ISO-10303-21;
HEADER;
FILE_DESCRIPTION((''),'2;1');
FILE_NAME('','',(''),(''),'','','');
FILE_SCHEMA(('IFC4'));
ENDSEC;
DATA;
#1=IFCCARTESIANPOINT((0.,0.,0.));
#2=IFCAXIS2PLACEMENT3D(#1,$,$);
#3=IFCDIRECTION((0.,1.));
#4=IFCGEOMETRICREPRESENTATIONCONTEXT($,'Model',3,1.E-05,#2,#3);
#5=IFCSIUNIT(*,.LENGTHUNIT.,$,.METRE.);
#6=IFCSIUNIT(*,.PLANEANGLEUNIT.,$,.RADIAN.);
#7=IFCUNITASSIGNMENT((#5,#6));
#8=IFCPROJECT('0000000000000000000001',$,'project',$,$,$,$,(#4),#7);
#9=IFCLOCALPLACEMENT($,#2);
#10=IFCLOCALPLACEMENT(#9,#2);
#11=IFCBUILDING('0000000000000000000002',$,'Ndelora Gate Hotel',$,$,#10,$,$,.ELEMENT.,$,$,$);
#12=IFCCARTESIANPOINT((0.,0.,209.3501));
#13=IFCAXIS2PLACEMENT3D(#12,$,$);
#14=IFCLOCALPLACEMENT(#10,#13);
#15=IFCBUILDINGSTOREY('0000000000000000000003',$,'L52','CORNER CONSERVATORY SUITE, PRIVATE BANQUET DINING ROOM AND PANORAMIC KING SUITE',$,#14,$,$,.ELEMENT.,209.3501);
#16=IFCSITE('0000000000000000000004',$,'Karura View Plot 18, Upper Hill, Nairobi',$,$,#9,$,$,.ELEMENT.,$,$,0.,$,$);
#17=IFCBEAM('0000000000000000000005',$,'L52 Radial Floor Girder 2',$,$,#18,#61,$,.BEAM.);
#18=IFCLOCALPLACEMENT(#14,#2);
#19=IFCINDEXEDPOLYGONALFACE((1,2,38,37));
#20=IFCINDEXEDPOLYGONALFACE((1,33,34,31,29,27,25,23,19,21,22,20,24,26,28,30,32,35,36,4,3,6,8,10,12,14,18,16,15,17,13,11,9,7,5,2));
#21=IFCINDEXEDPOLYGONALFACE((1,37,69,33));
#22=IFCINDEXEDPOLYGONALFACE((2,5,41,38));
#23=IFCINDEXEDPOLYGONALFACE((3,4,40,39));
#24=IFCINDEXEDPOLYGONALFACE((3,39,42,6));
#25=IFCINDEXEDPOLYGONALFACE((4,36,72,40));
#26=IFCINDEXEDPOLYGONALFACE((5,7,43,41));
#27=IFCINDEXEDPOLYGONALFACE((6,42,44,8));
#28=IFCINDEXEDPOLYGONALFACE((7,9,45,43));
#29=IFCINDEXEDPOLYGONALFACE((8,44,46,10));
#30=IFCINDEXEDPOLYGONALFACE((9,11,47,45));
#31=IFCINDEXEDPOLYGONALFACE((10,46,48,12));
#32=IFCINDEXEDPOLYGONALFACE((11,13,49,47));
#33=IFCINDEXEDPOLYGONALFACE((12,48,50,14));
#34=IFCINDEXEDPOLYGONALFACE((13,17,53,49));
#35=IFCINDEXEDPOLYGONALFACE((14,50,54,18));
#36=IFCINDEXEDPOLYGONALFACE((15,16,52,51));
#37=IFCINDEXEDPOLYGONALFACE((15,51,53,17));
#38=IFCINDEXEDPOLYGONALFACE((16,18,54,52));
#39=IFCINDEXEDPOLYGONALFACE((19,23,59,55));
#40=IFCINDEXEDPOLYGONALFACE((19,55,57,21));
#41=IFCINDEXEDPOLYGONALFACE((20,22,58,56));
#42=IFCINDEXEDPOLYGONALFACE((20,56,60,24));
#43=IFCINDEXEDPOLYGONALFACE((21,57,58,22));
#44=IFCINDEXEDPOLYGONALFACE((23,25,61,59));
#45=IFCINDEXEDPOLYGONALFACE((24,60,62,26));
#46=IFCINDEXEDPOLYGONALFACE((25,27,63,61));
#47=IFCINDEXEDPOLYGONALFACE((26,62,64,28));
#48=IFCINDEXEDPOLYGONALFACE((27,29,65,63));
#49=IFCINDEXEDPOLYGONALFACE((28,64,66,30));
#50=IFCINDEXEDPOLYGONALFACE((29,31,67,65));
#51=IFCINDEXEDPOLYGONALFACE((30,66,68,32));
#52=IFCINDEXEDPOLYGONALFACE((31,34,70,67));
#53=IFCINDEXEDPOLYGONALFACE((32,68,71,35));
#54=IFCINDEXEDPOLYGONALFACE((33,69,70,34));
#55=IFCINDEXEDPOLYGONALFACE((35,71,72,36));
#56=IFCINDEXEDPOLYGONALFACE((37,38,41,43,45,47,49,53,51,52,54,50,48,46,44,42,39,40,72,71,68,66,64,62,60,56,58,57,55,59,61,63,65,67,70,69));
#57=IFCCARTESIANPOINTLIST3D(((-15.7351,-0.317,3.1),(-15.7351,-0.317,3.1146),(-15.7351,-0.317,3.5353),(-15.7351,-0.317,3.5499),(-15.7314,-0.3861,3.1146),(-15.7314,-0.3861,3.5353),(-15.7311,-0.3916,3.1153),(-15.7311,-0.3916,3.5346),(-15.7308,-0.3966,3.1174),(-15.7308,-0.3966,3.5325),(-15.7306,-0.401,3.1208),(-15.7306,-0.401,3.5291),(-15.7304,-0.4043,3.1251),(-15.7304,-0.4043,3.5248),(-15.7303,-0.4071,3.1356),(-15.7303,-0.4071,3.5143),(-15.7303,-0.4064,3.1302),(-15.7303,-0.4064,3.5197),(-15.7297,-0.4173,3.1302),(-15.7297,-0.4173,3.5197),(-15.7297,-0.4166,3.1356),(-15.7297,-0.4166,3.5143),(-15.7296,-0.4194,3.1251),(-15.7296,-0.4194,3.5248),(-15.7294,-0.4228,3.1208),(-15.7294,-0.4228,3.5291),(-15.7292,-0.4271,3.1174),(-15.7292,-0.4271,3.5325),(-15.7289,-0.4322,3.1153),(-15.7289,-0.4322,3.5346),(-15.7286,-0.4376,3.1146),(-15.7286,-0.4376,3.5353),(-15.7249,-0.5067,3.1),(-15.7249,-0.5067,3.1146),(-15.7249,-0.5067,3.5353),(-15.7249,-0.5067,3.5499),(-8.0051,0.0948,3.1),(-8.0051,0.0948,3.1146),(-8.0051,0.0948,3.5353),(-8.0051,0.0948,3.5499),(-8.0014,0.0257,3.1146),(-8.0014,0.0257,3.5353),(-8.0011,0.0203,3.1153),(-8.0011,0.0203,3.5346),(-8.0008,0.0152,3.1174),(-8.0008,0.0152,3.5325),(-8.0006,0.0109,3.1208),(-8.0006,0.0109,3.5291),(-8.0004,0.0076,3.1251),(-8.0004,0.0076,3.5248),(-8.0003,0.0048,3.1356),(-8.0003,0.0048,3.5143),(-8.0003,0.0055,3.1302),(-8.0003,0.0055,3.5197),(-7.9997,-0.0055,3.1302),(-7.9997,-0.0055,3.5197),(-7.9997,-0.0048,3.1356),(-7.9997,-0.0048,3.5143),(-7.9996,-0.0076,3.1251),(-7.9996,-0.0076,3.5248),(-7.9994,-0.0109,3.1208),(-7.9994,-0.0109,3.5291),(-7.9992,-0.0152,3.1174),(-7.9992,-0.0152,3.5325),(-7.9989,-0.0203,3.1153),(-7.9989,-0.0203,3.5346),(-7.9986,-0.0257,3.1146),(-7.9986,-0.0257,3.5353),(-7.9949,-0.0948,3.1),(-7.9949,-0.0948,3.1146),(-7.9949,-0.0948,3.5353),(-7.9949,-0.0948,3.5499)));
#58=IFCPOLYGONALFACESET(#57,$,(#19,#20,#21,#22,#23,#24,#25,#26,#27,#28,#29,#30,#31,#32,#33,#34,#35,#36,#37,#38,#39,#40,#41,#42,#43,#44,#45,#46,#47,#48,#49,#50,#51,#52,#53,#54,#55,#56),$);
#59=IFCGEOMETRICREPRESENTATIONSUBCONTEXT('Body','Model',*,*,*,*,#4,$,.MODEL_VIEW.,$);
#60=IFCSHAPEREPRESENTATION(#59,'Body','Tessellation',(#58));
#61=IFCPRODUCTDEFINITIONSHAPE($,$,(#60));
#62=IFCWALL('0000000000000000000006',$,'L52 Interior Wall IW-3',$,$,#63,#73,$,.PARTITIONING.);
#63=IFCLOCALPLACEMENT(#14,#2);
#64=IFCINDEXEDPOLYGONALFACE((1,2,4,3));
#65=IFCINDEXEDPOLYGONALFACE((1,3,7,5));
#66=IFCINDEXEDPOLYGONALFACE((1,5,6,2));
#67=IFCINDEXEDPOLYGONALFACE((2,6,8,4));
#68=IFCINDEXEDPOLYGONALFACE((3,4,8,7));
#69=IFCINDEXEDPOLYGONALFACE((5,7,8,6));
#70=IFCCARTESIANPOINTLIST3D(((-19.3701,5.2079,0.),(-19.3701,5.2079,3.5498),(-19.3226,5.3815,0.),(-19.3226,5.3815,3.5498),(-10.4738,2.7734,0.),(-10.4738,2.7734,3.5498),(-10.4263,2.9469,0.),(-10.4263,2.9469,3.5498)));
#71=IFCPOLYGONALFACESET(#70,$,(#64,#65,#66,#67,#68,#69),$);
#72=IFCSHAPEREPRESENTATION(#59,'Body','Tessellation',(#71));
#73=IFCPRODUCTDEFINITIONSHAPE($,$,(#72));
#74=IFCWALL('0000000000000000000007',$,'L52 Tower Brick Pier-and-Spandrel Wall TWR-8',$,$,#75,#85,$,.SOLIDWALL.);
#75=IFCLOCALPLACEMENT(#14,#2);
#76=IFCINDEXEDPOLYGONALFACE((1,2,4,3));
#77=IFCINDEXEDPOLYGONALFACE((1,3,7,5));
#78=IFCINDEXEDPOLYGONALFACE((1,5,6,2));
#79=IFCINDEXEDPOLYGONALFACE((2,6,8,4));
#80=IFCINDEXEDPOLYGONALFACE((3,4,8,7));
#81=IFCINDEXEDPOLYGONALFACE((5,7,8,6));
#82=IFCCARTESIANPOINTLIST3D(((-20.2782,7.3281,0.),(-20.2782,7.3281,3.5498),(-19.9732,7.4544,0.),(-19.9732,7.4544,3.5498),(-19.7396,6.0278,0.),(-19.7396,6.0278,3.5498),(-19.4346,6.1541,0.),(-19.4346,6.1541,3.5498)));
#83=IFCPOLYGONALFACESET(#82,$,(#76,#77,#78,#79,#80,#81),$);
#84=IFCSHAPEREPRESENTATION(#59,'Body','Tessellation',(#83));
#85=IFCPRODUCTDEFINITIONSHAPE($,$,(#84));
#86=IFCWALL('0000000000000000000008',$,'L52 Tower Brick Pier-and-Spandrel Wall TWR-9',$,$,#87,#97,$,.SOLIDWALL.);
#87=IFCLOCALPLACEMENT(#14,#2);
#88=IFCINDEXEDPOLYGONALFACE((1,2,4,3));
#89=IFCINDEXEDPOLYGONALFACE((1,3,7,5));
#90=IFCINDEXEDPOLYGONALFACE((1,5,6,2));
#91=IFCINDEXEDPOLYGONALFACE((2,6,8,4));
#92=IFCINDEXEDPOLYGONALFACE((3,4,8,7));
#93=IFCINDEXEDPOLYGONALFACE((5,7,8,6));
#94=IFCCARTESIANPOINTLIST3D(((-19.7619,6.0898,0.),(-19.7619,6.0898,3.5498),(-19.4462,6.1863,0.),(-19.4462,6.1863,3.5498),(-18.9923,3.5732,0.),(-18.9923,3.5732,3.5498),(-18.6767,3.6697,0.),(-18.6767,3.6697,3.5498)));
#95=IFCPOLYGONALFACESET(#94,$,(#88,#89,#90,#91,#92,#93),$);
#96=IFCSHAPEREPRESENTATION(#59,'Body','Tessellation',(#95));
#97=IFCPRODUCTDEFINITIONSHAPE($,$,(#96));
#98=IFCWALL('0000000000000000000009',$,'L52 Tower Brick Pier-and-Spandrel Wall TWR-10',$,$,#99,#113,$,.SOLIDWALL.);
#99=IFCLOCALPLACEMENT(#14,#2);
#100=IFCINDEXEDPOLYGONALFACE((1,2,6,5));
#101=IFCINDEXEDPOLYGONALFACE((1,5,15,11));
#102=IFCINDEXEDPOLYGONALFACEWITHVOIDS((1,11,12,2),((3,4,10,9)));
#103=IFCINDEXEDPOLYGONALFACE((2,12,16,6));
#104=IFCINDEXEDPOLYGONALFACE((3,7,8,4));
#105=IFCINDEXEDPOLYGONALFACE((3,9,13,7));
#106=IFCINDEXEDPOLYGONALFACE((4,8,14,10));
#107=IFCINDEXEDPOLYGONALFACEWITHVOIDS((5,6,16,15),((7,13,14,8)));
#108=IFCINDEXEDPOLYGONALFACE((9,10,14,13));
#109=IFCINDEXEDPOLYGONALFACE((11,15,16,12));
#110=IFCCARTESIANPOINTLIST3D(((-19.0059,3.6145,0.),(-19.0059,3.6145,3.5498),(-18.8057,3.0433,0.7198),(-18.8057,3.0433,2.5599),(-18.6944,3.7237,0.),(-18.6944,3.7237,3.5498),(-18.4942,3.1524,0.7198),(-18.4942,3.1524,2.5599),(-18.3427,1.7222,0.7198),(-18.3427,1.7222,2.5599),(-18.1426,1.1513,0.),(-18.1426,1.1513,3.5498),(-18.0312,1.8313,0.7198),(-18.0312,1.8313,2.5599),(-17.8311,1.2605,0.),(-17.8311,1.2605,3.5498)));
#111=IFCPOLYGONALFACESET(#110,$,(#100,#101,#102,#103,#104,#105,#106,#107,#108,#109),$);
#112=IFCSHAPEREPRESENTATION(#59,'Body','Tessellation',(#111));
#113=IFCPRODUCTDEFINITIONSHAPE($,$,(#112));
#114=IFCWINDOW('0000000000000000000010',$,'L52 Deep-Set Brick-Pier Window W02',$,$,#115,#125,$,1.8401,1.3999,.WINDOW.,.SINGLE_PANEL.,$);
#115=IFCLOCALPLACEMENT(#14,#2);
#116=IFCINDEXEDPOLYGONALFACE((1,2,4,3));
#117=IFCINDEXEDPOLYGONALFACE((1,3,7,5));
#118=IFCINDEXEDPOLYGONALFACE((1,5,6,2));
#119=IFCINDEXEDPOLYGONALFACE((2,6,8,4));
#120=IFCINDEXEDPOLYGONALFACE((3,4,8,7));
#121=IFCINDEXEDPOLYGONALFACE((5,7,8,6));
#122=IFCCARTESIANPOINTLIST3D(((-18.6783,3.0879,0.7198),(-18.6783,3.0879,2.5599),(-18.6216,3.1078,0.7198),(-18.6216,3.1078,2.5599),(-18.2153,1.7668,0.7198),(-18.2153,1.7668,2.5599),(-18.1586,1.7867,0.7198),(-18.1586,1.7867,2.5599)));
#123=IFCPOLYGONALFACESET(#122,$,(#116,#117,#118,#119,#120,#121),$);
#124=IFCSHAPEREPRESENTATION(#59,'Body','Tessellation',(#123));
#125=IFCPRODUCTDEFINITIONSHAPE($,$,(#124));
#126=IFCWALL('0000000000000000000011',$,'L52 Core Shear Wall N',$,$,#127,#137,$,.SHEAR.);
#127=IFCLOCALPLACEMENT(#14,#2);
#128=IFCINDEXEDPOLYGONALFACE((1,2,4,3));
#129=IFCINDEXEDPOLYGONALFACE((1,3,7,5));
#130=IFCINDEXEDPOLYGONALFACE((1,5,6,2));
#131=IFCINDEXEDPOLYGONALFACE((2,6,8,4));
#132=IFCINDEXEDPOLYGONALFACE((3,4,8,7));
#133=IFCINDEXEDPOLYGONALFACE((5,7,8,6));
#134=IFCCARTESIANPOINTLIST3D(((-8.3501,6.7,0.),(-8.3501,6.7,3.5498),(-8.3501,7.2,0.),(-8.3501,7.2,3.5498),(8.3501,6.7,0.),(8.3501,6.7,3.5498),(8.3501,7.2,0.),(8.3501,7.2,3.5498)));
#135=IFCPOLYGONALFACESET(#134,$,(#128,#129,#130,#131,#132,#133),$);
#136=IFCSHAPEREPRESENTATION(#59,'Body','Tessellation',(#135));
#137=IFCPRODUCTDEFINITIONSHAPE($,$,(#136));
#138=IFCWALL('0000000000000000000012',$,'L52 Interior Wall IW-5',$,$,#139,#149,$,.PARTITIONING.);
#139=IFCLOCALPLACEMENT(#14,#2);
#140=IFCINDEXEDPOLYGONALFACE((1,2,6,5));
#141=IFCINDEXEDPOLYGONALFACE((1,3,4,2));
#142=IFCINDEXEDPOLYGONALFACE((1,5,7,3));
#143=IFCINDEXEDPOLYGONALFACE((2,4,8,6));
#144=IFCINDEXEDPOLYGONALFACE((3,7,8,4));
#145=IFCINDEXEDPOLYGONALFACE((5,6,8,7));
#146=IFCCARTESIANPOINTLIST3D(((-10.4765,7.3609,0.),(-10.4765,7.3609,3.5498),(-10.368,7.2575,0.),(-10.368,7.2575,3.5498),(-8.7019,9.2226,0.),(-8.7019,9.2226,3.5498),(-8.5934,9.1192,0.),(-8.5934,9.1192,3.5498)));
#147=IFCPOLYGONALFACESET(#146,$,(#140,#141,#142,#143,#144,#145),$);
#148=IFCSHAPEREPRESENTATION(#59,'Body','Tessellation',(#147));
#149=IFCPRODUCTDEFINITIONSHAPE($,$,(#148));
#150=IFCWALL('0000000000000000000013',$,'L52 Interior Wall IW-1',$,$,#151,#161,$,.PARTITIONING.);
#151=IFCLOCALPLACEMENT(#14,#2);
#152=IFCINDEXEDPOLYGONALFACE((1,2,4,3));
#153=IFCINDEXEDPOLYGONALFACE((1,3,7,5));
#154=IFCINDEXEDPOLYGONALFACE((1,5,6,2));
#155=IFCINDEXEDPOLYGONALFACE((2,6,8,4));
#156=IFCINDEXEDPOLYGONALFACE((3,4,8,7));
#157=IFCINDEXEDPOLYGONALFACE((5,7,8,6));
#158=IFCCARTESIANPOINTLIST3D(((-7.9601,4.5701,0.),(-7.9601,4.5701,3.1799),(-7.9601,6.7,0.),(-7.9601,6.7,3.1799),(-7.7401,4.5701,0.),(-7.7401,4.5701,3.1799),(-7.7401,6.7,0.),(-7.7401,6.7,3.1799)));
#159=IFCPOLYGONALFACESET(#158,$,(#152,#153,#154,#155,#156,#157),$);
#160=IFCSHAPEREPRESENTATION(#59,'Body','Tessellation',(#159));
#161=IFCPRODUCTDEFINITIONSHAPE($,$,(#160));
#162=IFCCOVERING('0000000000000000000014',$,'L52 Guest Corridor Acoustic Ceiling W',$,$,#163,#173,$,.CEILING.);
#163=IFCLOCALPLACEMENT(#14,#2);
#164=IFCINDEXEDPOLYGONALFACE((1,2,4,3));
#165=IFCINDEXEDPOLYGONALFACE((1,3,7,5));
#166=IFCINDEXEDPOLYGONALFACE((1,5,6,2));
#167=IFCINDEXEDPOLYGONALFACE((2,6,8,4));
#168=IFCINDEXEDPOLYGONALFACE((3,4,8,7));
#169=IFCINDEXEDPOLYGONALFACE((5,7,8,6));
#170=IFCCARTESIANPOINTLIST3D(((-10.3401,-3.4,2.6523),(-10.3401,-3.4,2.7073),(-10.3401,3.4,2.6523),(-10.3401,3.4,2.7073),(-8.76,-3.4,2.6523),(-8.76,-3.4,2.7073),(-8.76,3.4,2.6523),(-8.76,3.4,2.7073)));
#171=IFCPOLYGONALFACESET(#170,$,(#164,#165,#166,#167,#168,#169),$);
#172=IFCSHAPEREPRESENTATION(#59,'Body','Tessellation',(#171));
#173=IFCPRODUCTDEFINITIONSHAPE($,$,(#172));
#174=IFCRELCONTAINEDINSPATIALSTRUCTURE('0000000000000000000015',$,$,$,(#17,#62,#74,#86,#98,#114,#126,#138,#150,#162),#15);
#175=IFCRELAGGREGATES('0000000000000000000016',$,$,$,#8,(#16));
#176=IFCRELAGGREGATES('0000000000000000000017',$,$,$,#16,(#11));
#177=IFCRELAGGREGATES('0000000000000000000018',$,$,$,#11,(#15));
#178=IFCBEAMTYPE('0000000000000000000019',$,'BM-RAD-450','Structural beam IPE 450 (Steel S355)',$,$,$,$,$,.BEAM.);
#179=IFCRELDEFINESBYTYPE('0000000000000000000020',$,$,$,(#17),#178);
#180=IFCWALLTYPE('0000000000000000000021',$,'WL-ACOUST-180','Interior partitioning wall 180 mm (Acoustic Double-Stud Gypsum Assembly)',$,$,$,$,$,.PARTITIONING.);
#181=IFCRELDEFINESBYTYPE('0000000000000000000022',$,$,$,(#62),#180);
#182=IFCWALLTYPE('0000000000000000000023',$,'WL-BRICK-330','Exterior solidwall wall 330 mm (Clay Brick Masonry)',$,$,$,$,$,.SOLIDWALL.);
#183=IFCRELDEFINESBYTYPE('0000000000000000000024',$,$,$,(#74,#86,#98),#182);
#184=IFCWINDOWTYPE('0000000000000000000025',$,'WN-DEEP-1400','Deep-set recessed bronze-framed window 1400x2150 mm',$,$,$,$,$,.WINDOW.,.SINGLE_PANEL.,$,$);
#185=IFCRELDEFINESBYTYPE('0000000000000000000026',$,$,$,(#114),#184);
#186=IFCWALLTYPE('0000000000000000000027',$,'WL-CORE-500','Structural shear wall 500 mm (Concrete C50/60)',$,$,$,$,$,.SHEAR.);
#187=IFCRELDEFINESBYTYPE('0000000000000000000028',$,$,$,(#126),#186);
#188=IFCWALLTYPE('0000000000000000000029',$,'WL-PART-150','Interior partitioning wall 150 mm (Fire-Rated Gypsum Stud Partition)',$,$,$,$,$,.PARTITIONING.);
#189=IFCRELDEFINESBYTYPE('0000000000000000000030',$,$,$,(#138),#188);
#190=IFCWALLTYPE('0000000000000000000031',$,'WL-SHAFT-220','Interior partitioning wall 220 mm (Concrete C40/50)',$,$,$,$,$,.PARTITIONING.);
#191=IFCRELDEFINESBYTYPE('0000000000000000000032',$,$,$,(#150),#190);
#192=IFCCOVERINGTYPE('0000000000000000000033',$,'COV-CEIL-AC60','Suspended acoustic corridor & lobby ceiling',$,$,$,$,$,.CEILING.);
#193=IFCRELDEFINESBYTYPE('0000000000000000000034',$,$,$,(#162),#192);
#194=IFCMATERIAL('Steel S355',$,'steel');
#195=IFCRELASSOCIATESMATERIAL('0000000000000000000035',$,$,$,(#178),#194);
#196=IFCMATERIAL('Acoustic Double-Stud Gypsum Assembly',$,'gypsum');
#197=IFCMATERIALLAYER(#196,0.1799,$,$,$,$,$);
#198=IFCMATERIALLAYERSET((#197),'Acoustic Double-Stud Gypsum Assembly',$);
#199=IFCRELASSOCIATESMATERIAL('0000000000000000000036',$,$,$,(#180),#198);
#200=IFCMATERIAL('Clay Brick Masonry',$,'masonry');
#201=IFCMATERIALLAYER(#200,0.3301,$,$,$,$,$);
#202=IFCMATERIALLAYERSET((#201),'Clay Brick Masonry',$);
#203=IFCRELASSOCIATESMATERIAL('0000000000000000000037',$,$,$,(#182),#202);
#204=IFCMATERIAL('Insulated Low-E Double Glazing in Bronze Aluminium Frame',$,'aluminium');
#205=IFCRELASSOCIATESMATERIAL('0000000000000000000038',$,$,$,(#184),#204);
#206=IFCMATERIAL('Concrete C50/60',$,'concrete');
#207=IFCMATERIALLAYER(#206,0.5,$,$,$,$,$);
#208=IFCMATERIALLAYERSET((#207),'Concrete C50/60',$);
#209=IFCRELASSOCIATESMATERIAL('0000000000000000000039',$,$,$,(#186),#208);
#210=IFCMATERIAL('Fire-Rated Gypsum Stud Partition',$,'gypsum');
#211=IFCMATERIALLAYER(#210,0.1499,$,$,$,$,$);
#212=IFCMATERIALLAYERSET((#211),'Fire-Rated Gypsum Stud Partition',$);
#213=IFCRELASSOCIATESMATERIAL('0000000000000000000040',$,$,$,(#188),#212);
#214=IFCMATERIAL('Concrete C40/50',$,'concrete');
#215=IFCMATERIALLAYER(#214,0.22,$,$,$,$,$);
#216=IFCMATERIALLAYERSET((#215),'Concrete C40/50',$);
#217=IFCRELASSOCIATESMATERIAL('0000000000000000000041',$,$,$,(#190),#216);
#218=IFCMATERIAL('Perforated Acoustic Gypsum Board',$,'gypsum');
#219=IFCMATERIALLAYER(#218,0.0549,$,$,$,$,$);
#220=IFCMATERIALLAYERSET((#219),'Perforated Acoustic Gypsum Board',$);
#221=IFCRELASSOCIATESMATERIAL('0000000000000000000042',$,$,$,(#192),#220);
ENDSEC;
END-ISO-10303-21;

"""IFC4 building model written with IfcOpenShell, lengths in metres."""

from ifc_helpers import new_model, si_unit, direction, frame, frame_2d, origin, origin_2d, place, context, subcontext, project, spatial, rectangle, i_section, extrude, material, layer, layer_set, material_profile, profile_set, type_object, element, fill, save


model = new_model("IFC4")

# Units and contexts
model_context = context("Model", 3, precision=1e-05, world=origin(), true_north=direction((0.0, 1.0)))
body_context = subcontext(model_context, "Body", "Model", "MODEL_VIEW")
ifc_project = project(units=[si_unit("LENGTHUNIT", "METRE"), si_unit("PLANEANGLEUNIT", "RADIAN")], contexts=[model_context])

# Site, building, storey
site_placement = place(None, origin())
site = spatial("IfcSite", under=ifc_project, at=site_placement, Name="Karura View Plot 18, Upper Hill, Nairobi", CompositionType="ELEMENT", RefElevation=0.0)
building_placement = place(site_placement, origin())
building = spatial("IfcBuilding", under=site, at=building_placement, Name="Ndelora Gate Hotel", CompositionType="ELEMENT")
storey_placement = place(building_placement, frame((0.0, 0.0, 209.3501)))
storey = spatial("IfcBuildingStorey", under=building, at=storey_placement, Name="L52", Description="CORNER CONSERVATORY SUITE, PRIVATE BANQUET DINING ROOM AND PANORAMIC KING SUITE", CompositionType="ELEMENT", Elevation=209.3501)

# Shared definitions
ifc_material_1 = material(Name="Concrete C50/60", Category="concrete")

# Beam
ifc_material_2 = material(Name="Steel S355", Category="steel")
ifc_material_profile_1 = material_profile(ifc_material_2, i_section(OverallWidth=0.1899, OverallDepth=0.45, WebThickness=0.0095, FlangeThickness=0.0146, FilletRadius=0.021, at=origin_2d()), Name="IPE 450")
ifc_profile_set_1 = profile_set([ifc_material_profile_1], Name="Steel S355")
beam_type_1 = type_object("IfcBeamType", Name="BM-RAD-450", Description="Structural beam IPE 450 (Steel S355)", PredefinedType="BEAM", material=ifc_profile_set_1)
beam_1_placement = place(storey_placement, frame((-8.0, 0.0, 3.325), z_axis=(-0.998584, -0.053206, 0.0), x_axis=(0.053206, -0.998584, 0.0)))
element("IfcBeam", 1, at=beam_1_placement, inside=storey, type_object=beam_type_1, Name="L52 Radial Floor Girder 2", PredefinedType="BEAM", context=body_context, shape_type="SweptSolid", body=[
    extrude(i_section(OverallWidth=0.1899, OverallDepth=0.45, WebThickness=0.0095, FlangeThickness=0.0146, FilletRadius=0.021, at=origin_2d()), origin(), (0.0, 0.0, 1.0), 7.741),
])

# Walls
ifc_material_3 = material(Name="Acoustic Double-Stud Gypsum Assembly", Category="gypsum")
ifc_layer_1 = layer(ifc_material_3, 0.1799)
ifc_layer_set_1 = layer_set([ifc_layer_1], Name="Acoustic Double-Stud Gypsum Assembly")
wall_type_1 = type_object("IfcWallType", Name="WL-ACOUST-180", Description="Interior partitioning wall 180 mm (Acoustic Double-Stud Gypsum Assembly)", PredefinedType="PARTITIONING", material=ifc_layer_set_1)
wall_1_placement = place(storey_placement, frame((-10.45, 2.8601, 0.0), z_axis=(0.0, 0.0, 1.0), x_axis=(-0.964534, 0.263957, 0.0)))
element("IfcWall", 2, at=wall_1_placement, inside=storey, type_object=wall_type_1, Name="L52 Interior Wall IW-3", PredefinedType="PARTITIONING", context=body_context, shape_type="SweptSolid", body=[
    extrude(rectangle(XDim=9.2234, YDim=0.1799, at=frame_2d((4.6118, 0.0))), origin(), (0.0, 0.0, 1.0), 3.5498),
])
ifc_material_4 = material(Name="Clay Brick Masonry", Category="masonry")
ifc_layer_2 = layer(ifc_material_4, 0.3301)
ifc_layer_set_2 = layer_set([ifc_layer_2], Name="Clay Brick Masonry")
wall_type_2 = type_object("IfcWallType", Name="WL-BRICK-330", Description="Exterior solidwall wall 330 mm (Clay Brick Masonry)", PredefinedType="SOLIDWALL", material=ifc_layer_set_2)
wall_2_placement = place(storey_placement, frame((-19.5872, 6.0911, 0.0), z_axis=(0.0, 0.0, 1.0), x_axis=(-0.382668, 0.923886, 0.0)))
element("IfcWall", 3, at=wall_2_placement, inside=storey, type_object=wall_type_2, Name="L52 Tower Brick Pier-and-Spandrel Wall TWR-8", PredefinedType="SOLIDWALL", context=body_context, shape_type="SweptSolid", body=[
    extrude(rectangle(XDim=1.4075, YDim=0.3301, at=frame_2d((0.7036, 0.0))), origin(), (0.0, 0.0, 1.0), 3.5498),
])
wall_3_placement = place(storey_placement, frame((-18.8345, 3.6213, 0.0), z_axis=(0.0, 0.0, 1.0), x_axis=(-0.292417, 0.956291, 0.0)))
element("IfcWall", 4, at=wall_3_placement, inside=storey, type_object=wall_type_2, Name="L52 Tower Brick Pier-and-Spandrel Wall TWR-9", PredefinedType="SOLIDWALL", context=body_context, shape_type="SweptSolid", body=[
    extrude(rectangle(XDim=2.6316, YDim=0.3301, at=frame_2d((1.3159, 0.0))), origin(), (0.0, 0.0, 1.0), 3.5498),
])

# Wall, opening, window
wall_4_placement = place(storey_placement, frame((-17.9868, 1.2058, 0.0), z_axis=(0.0, 0.0, 1.0), x_axis=(-0.330755, 0.943717, 0.0)))
wall_4 = element("IfcWall", 5, at=wall_4_placement, inside=storey, type_object=wall_type_2, Name="L52 Tower Brick Pier-and-Spandrel Wall TWR-10", PredefinedType="SOLIDWALL", context=body_context, shape_type="SweptSolid", body=[
    extrude(rectangle(XDim=2.6101, YDim=0.3301, at=frame_2d((1.3052, 0.0))), origin(), (0.0, 0.0, 1.0), 3.5498),
])
opening_1_placement = place(wall_4_placement, frame((0.605, 0.0, 0.72)))
opening_1 = element("IfcOpeningElement", 6, at=opening_1_placement, cuts=wall_4, PredefinedType="OPENING", context=body_context, shape_type="SweptSolid", body=[
    extrude(rectangle(XDim=1.3999, YDim=1.8401, at=frame_2d((0.7, 0.9199))), frame((0.0, 0.175, 0.0), z_axis=(0.0, -1.0, 0.0), x_axis=(1.0, 0.0, 0.0)), (0.0, 0.0, 1.0), 0.3501),
])
ifc_material_5 = material(Name="Insulated Low-E Double Glazing in Bronze Aluminium Frame", Category="aluminium")
window_type = type_object("IfcWindowType", Name="WN-DEEP-1400", Description="Deep-set recessed bronze-framed window 1400x2150 mm", PartitioningType="SINGLE_PANEL", PredefinedType="WINDOW", material=ifc_material_5)
window_placement = place(opening_1_placement, origin())
window = element("IfcWindow", 7, at=window_placement, inside=storey, type_object=window_type, Name="L52 Deep-Set Brick-Pier Window W02", OverallHeight=1.8401, OverallWidth=1.3999, PartitioningType="SINGLE_PANEL", PredefinedType="WINDOW", context=body_context, shape_type="SweptSolid", body=[
    extrude(rectangle(XDim=1.3999, YDim=1.8401, at=frame_2d((0.7, 0.9199))), frame((0.0, 0.03, 0.0), z_axis=(0.0, -1.0, 0.0), x_axis=(1.0, 0.0, 0.0)), (0.0, 0.0, 1.0), 0.0601),
])
fill(opening_1, window)

# Wall
ifc_layer_3 = layer(ifc_material_1, 0.5)
ifc_layer_set_3 = layer_set([ifc_layer_3], Name="Concrete C50/60")
wall_type_3 = type_object("IfcWallType", Name="WL-CORE-500", Description="Structural shear wall 500 mm (Concrete C50/60)", PredefinedType="SHEAR", material=ifc_layer_set_3)
wall_5_placement = place(storey_placement, frame((-8.3501, 6.95, 0.0), z_axis=(0.0, 0.0, 1.0), x_axis=(1.0, 0.0, 0.0)))
element("IfcWall", 8, at=wall_5_placement, inside=storey, type_object=wall_type_3, Name="L52 Core Shear Wall N", PredefinedType="SHEAR", context=body_context, shape_type="SweptSolid", body=[
    extrude(rectangle(XDim=16.7002, YDim=0.5, at=frame_2d((8.3501, 0.0))), origin(), (0.0, 0.0, 1.0), 3.5498),
])

# Shared definitions
ifc_material_6 = material(Name="Concrete C40/50", Category="concrete")

# Wall
ifc_material_7 = material(Name="Fire-Rated Gypsum Stud Partition", Category="gypsum")
ifc_layer_4 = layer(ifc_material_7, 0.1499)
ifc_layer_set_4 = layer_set([ifc_layer_4], Name="Fire-Rated Gypsum Stud Partition")
wall_type_4 = type_object("IfcWallType", Name="WL-PART-150", Description="Interior partitioning wall 150 mm (Fire-Rated Gypsum Stud Partition)", PredefinedType="PARTITIONING", material=ifc_layer_set_4)
wall_6_placement = place(storey_placement, frame((-10.4224, 7.3091, 0.0), z_axis=(0.0, 0.0, 1.0), x_axis=(0.689961, 0.723847, 0.0)))
element("IfcWall", 9, at=wall_6_placement, inside=storey, type_object=wall_type_4, Name="L52 Interior Wall IW-5", PredefinedType="PARTITIONING", context=body_context, shape_type="SweptSolid", body=[
    extrude(rectangle(XDim=2.572, YDim=0.1499, at=frame_2d((1.2861, 0.0))), origin(), (0.0, 0.0, 1.0), 3.5498),
])

# Shared definitions
ifc_layer_5 = layer(ifc_material_6, 0.22)
ifc_layer_set_5 = layer_set([ifc_layer_5], Name="Concrete C40/50")
wall_type_5 = type_object("IfcWallType", Name="WL-SHAFT-220", Description="Interior partitioning wall 220 mm (Concrete C40/50)", PredefinedType="PARTITIONING", material=ifc_layer_set_5)

# Wall
wall_7_placement = place(storey_placement, frame((-7.8501, 4.5701, 0.0), z_axis=(0.0, 0.0, 1.0), x_axis=(0.0, 1.0, 0.0)))
element("IfcWall", 10, at=wall_7_placement, inside=storey, type_object=wall_type_5, Name="L52 Interior Wall IW-1", PredefinedType="PARTITIONING", context=body_context, shape_type="SweptSolid", body=[
    extrude(rectangle(XDim=2.1299, YDim=0.22, at=frame_2d((1.0649, 0.0))), origin(), (0.0, 0.0, 1.0), 3.1799),
])

# Covering
ifc_material_8 = material(Name="Perforated Acoustic Gypsum Board", Category="gypsum")
ifc_layer_6 = layer(ifc_material_8, 0.0549)
ifc_layer_set_6 = layer_set([ifc_layer_6], Name="Perforated Acoustic Gypsum Board")
covering_type_1 = type_object("IfcCoveringType", Name="COV-CEIL-AC60", Description="Suspended acoustic corridor & lobby ceiling", PredefinedType="CEILING", material=ifc_layer_set_6)
covering_1_placement = place(storey_placement, frame((-9.55, 0.0, 2.6523), z_axis=(0.0, 0.0, 1.0), x_axis=(1.0, 0.0, 0.0)))
element("IfcCovering", 11, at=covering_1_placement, inside=storey, type_object=covering_type_1, Name="L52 Guest Corridor Acoustic Ceiling W", PredefinedType="CEILING", context=body_context, shape_type="SweptSolid", body=[
    extrude(rectangle(XDim=1.5801, YDim=6.8, at=origin_2d()), origin(), (0.0, 0.0, 1.0), 0.0549),
])

save(model, "model.ifc")
